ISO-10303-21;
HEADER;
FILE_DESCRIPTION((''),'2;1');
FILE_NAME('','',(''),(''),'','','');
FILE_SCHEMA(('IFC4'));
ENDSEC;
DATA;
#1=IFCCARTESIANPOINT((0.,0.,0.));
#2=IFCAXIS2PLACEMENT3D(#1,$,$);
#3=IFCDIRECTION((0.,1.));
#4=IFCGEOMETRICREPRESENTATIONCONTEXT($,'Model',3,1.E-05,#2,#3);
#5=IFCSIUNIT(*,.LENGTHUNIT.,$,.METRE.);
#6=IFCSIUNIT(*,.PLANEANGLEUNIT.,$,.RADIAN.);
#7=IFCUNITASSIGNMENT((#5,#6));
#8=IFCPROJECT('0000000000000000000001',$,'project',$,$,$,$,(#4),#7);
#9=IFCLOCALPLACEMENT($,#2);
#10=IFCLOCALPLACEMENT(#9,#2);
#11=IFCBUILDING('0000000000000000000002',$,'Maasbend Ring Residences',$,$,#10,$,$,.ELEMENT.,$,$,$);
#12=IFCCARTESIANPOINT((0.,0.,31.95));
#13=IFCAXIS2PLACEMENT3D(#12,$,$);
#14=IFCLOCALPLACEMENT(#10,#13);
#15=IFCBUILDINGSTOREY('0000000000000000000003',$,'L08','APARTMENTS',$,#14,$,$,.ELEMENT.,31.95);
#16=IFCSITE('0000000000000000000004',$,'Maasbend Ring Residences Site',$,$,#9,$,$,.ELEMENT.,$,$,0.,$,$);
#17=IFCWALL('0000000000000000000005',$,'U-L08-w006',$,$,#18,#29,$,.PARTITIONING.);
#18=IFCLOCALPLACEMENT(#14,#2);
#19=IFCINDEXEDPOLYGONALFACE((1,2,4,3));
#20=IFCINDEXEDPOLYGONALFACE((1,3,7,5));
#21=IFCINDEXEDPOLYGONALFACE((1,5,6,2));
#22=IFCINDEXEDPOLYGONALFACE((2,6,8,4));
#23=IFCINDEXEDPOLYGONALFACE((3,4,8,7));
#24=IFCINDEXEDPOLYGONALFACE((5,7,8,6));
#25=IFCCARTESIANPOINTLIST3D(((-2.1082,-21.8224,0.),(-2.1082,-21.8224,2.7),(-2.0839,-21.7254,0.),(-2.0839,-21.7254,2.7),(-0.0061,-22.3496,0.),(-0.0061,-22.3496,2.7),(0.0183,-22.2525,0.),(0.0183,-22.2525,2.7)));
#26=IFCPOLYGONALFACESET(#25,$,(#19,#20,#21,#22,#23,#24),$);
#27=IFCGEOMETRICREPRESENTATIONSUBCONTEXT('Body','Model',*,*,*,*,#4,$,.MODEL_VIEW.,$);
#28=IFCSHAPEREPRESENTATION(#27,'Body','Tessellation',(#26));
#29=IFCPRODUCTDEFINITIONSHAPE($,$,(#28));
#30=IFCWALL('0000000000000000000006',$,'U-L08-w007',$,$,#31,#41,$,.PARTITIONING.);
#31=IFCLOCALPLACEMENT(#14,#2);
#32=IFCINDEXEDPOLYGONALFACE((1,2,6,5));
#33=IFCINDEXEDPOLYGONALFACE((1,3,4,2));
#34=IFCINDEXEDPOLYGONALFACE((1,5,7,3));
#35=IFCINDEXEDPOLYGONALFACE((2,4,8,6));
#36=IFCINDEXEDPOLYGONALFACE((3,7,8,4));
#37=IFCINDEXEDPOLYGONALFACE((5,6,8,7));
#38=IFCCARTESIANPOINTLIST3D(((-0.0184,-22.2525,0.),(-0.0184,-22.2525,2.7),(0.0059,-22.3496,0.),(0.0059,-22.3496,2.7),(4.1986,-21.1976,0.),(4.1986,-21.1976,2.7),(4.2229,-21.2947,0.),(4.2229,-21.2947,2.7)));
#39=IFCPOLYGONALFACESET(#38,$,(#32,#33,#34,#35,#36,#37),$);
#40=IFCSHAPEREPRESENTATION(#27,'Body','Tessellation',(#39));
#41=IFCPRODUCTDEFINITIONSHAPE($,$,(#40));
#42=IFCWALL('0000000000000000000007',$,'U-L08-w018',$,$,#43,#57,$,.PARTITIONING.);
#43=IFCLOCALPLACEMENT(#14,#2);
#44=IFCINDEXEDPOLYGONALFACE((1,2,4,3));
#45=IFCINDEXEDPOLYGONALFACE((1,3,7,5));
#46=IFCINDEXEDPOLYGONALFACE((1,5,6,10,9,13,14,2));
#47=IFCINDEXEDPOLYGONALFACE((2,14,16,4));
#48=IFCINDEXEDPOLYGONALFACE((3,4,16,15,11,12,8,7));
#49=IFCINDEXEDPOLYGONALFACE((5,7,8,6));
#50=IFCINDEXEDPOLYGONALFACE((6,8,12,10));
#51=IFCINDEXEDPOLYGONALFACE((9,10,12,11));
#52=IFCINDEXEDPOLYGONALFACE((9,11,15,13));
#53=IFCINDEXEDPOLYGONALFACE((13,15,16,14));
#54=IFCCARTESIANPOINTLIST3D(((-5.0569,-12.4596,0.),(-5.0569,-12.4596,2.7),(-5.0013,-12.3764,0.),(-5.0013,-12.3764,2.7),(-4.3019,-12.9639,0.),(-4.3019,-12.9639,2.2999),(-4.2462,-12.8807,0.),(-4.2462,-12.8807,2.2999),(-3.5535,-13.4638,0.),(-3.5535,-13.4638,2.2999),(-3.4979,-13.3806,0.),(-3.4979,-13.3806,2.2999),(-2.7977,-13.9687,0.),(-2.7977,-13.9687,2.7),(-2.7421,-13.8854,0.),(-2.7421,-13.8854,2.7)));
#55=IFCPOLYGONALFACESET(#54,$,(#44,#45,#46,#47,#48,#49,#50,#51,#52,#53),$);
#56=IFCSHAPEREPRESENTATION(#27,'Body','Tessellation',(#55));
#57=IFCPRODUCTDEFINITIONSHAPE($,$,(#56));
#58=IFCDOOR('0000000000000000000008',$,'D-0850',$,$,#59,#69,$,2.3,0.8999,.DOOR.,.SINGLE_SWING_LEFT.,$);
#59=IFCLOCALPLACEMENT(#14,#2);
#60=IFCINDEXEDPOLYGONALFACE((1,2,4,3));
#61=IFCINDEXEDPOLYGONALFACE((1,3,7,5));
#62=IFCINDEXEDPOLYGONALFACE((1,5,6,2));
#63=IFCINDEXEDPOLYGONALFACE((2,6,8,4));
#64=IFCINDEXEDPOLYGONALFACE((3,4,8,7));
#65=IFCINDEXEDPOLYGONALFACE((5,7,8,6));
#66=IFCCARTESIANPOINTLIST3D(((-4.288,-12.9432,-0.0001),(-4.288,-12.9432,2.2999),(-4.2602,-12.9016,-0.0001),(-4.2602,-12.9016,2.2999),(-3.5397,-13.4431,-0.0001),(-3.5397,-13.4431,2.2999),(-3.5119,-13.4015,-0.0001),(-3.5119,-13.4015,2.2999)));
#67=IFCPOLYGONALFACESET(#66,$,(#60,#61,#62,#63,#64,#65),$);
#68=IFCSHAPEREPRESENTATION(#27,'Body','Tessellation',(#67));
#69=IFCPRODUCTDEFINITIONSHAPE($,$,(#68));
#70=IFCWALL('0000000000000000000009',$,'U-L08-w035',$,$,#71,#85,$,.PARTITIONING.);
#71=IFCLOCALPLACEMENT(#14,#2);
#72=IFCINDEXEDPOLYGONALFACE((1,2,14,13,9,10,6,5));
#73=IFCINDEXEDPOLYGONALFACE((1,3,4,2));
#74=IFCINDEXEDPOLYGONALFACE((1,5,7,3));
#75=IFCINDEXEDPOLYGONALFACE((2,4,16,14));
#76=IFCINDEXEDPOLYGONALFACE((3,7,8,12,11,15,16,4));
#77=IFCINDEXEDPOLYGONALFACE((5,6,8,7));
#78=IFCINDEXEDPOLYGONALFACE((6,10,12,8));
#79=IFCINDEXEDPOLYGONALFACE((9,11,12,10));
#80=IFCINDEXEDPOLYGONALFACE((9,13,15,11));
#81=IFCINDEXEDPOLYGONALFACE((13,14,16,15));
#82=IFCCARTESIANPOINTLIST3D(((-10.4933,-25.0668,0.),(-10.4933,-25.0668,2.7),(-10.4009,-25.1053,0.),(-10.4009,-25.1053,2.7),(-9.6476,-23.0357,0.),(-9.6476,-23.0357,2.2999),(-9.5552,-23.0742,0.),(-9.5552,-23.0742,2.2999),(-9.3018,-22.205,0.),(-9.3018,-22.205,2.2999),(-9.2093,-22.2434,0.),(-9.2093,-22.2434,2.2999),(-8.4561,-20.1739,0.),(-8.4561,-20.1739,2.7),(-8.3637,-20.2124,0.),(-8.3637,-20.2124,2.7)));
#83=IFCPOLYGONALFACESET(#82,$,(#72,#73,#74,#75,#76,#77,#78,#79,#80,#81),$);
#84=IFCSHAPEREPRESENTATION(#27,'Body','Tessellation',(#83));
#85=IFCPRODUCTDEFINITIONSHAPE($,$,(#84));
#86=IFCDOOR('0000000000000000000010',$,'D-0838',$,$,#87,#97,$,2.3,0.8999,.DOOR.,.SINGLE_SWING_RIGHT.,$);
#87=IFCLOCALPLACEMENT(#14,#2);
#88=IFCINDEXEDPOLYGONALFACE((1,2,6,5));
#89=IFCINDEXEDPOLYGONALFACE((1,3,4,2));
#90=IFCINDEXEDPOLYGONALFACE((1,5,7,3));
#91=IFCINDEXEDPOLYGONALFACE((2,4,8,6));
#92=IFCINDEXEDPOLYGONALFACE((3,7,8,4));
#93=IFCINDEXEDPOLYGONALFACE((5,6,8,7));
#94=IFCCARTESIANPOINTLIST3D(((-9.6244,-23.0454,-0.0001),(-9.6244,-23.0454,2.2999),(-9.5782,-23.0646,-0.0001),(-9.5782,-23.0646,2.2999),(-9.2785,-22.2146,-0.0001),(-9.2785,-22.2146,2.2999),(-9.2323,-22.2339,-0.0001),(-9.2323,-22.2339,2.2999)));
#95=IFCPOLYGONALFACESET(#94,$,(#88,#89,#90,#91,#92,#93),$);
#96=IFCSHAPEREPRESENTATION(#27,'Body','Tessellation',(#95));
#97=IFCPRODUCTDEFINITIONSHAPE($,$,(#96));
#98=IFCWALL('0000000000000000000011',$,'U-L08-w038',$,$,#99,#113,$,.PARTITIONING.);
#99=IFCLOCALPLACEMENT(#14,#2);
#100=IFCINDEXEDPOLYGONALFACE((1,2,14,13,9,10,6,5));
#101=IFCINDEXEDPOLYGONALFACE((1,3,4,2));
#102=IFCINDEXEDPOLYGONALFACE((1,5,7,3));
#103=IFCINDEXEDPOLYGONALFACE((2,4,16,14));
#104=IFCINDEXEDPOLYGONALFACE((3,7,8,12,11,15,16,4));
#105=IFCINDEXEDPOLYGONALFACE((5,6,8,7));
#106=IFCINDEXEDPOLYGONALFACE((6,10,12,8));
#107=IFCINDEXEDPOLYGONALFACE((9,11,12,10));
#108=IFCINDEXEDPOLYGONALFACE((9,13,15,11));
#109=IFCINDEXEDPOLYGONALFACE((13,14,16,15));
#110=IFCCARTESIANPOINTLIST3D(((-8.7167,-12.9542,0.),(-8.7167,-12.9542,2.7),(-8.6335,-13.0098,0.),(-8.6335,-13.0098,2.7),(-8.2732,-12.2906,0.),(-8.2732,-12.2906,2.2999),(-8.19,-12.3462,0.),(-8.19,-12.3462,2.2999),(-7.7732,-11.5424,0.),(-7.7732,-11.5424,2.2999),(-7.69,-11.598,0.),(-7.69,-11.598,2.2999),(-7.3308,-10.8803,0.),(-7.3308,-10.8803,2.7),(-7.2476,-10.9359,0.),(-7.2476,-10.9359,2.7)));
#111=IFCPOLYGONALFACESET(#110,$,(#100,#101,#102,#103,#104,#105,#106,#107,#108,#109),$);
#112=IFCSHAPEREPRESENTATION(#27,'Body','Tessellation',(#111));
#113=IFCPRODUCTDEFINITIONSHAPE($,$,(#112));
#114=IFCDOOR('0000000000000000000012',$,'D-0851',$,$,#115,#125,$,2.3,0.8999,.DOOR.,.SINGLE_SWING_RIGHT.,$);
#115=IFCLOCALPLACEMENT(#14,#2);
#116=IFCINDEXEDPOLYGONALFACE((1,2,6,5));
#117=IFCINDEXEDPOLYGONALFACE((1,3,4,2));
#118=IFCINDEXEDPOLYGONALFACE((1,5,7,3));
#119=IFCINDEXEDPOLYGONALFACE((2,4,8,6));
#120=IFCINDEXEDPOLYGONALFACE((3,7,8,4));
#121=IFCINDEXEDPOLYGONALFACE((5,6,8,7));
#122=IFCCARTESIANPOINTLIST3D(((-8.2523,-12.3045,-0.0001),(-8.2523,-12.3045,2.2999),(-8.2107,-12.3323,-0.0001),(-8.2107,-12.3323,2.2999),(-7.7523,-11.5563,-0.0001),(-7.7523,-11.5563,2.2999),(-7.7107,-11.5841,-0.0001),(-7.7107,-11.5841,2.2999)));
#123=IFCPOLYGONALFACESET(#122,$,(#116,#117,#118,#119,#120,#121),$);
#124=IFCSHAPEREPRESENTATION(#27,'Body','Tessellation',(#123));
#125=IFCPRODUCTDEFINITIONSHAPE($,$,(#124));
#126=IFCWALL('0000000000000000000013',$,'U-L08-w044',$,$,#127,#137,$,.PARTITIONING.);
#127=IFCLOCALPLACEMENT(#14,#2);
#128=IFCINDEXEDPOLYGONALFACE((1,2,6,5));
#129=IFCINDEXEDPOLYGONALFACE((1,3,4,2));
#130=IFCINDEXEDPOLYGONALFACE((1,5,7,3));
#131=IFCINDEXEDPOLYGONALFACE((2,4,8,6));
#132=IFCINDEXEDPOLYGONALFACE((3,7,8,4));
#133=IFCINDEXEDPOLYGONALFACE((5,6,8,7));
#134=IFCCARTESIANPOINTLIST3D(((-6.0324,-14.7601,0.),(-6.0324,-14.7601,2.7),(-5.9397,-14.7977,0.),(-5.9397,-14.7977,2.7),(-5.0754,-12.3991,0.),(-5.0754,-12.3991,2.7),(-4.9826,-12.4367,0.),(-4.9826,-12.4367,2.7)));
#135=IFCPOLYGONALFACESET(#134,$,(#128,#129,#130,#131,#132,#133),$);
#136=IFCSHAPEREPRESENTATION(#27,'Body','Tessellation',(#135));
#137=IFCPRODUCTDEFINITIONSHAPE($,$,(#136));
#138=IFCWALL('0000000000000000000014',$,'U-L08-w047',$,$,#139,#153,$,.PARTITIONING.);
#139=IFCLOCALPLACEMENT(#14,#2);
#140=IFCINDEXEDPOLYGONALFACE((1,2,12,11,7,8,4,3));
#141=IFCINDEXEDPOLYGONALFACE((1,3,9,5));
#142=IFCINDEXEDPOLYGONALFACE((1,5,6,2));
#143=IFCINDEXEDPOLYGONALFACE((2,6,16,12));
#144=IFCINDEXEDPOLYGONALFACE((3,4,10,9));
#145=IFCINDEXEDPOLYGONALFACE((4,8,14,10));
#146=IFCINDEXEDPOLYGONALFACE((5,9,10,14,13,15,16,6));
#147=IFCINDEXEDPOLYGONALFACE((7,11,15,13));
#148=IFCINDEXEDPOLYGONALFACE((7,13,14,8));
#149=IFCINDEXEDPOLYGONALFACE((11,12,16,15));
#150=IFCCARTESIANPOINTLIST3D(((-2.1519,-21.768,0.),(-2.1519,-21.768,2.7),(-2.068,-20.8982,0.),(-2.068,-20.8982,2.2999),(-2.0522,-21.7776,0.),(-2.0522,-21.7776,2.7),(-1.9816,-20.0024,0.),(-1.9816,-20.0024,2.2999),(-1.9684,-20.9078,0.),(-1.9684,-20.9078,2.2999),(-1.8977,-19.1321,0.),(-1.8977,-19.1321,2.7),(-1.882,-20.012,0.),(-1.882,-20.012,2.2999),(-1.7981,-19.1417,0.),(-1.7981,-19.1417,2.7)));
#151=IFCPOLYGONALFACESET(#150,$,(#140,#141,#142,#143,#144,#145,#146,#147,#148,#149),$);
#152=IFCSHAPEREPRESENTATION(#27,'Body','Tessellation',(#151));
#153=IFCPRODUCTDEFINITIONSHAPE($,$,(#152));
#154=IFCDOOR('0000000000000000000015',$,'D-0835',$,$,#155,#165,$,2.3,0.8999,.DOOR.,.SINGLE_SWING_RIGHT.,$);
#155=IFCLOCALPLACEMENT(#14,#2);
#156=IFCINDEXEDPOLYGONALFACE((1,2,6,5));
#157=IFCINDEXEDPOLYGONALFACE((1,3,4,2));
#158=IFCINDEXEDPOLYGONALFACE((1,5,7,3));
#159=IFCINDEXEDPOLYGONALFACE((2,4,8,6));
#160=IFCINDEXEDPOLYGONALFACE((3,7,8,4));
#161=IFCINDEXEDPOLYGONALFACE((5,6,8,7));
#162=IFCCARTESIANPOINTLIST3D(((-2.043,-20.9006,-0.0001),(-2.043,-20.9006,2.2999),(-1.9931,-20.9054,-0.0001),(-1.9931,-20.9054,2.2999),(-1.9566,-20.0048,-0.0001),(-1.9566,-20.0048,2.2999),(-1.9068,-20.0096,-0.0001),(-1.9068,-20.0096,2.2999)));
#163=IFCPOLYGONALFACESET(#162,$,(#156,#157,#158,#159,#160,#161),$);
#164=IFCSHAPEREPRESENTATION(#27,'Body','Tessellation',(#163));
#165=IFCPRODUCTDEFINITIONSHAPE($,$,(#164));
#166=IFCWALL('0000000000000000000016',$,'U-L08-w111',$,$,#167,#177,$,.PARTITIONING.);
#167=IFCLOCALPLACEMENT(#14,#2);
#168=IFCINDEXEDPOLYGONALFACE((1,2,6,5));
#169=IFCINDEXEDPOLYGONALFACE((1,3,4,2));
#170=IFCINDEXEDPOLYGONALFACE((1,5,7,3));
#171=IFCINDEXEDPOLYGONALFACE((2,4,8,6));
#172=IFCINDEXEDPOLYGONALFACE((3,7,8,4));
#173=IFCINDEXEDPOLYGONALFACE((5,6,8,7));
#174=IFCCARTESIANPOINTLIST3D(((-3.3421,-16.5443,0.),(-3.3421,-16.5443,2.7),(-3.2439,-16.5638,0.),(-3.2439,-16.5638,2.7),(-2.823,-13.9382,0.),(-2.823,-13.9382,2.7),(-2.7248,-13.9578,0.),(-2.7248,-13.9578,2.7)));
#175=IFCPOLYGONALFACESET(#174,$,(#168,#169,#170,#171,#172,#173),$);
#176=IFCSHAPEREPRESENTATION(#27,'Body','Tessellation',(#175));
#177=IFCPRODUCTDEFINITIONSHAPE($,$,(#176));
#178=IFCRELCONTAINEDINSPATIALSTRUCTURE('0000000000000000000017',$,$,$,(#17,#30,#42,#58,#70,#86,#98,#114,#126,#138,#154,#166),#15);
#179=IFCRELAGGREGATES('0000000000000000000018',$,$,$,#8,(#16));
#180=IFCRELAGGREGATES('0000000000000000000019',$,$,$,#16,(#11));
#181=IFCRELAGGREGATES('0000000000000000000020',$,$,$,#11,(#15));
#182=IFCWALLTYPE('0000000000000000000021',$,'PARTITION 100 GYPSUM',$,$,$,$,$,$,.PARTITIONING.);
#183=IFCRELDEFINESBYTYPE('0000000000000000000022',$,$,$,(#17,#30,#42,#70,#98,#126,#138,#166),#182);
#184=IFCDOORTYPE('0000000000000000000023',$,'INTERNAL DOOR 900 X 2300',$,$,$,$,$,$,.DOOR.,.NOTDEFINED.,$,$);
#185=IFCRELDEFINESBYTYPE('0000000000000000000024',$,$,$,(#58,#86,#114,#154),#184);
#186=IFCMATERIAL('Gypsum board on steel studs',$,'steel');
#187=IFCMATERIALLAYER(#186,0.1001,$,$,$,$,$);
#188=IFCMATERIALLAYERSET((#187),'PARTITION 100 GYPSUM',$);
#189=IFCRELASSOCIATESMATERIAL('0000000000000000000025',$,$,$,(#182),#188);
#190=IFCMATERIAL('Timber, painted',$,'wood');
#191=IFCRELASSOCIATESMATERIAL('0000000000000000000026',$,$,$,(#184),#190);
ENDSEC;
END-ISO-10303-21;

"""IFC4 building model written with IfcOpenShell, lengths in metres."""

from ifc_helpers import new_model, si_unit, direction, frame, frame_2d, origin, place, context, subcontext, project, spatial, rectangle, extrude, material, layer, layer_set, type_object, element, fill, save


model = new_model("IFC4")

# Units and contexts
model_context = context("Model", 3, precision=1e-05, world=origin(), true_north=direction((0.0, 1.0)))
body_context = subcontext(model_context, "Body", "Model", "MODEL_VIEW")
ifc_project = project(units=[si_unit("LENGTHUNIT", "METRE"), si_unit("PLANEANGLEUNIT", "RADIAN")], contexts=[model_context])

# Site, building, storey
site_placement = place(None, origin())
site = spatial("IfcSite", under=ifc_project, at=site_placement, Name="Maasbend Ring Residences Site", CompositionType="ELEMENT", RefElevation=0.0)
building_placement = place(site_placement, origin())
building = spatial("IfcBuilding", under=site, at=building_placement, Name="Maasbend Ring Residences", CompositionType="ELEMENT")
storey_placement = place(building_placement, frame((0.0, 0.0, 31.95)))
storey = spatial("IfcBuildingStorey", under=building, at=storey_placement, Name="L08", Description="APARTMENTS", CompositionType="ELEMENT", Elevation=31.95)

# Walls
ifc_material_1 = material(Name="Gypsum board on steel studs", Category="steel")
ifc_layer_1 = layer(ifc_material_1, 0.1001)
ifc_layer_set_1 = layer_set([ifc_layer_1], Name="PARTITION 100 GYPSUM")
wall_type_1 = type_object("IfcWallType", Name="PARTITION 100 GYPSUM", PredefinedType="PARTITIONING", material=ifc_layer_set_1)
wall_1_placement = place(storey_placement, frame((-2.0959, -21.7739, 0.0), z_axis=(0.0, 0.0, 1.0), x_axis=(0.96997, -0.243225, 0.0)))
element("IfcWall", 1, at=wall_1_placement, inside=storey, type_object=wall_type_1, Name="U-L08-w006", PredefinedType="PARTITIONING", context=body_context, shape_type="SweptSolid", body=[
    extrude(rectangle(XDim=2.1672, YDim=0.1001, at=frame_2d((1.0835, 0.0))), origin(), (0.0, 0.0, 1.0), 2.7),
])
wall_2_placement = place(storey_placement, frame((-0.0061, -22.301, 0.0), z_axis=(0.0, 0.0, 1.0), x_axis=(0.970106, 0.242681, 0.0)))
element("IfcWall", 2, at=wall_2_placement, inside=storey, type_object=wall_type_1, Name="U-L08-w007", PredefinedType="PARTITIONING", context=body_context, shape_type="SweptSolid", body=[
    extrude(rectangle(XDim=4.3469, YDim=0.1001, at=frame_2d((2.1733, 0.0))), origin(), (0.0, 0.0, 1.0), 2.7),
])

# Walls, openings, doors
wall_3_placement = place(storey_placement, frame((-5.0291, -12.418, 0.0), z_axis=(0.0, 0.0, 1.0), x_axis=(0.831538, -0.555467, 0.0)))
wall_3 = element("IfcWall", 3, at=wall_3_placement, inside=storey, type_object=wall_type_1, Name="U-L08-w018", PredefinedType="PARTITIONING", context=body_context, shape_type="SweptSolid", body=[
    extrude(rectangle(XDim=2.7168, YDim=0.1001, at=frame_2d((1.3584, 0.0))), origin(), (0.0, 0.0, 1.0), 2.7),
])
opening_1_placement = place(wall_3_placement, frame((0.908, 0.0, 0.0)))
opening_1 = element("IfcOpeningElement", 4, at=opening_1_placement, cuts=wall_3, PredefinedType="OPENING", context=body_context, shape_type="SweptSolid", body=[
    extrude(rectangle(XDim=0.8999, YDim=2.3, at=frame_2d((0.45, 1.1499))), frame((0.0, 0.0601, 0.0), z_axis=(0.0, -1.0, 0.0), x_axis=(1.0, 0.0, 0.0)), (0.0, 0.0, 1.0), 0.1201),
])
ifc_material_2 = material(Name="Timber, painted", Category="wood")
door_type_1 = type_object("IfcDoorType", Name="INTERNAL DOOR 900 X 2300", OperationType="NOTDEFINED", PredefinedType="DOOR", material=ifc_material_2)
door_1_placement = place(opening_1_placement, origin())
door_1 = element("IfcDoor", 5, at=door_1_placement, inside=storey, type_object=door_type_1, Name="D-0850", OperationType="SINGLE_SWING_LEFT", OverallHeight=2.3, OverallWidth=0.8999, PredefinedType="DOOR", context=body_context, shape_type="SweptSolid", body=[
    extrude(rectangle(XDim=0.8999, YDim=2.3, at=frame_2d((0.45, 1.1499))), frame((0.0, 0.0249, 0.0), z_axis=(0.0, -1.0, 0.0), x_axis=(1.0, 0.0, 0.0)), (0.0, 0.0, 1.0), 0.05),
])
fill(opening_1, door_1)
wall_4_placement = place(storey_placement, frame((-10.447, -25.0859, 0.0), z_axis=(0.0, 0.0, 1.0), x_axis=(0.384364, 0.923182, 0.0)))
wall_4 = element("IfcWall", 6, at=wall_4_placement, inside=storey, type_object=wall_type_1, Name="U-L08-w035", PredefinedType="PARTITIONING", context=body_context, shape_type="SweptSolid", body=[
    extrude(rectangle(XDim=5.3, YDim=0.1001, at=frame_2d((2.6499, 0.0))), origin(), (0.0, 0.0, 1.0), 2.7),
])
opening_2_placement = place(wall_4_placement, frame((2.2, 0.0, 0.0)))
opening_2 = element("IfcOpeningElement", 7, at=opening_2_placement, cuts=wall_4, PredefinedType="OPENING", context=body_context, shape_type="SweptSolid", body=[
    extrude(rectangle(XDim=0.8999, YDim=2.3, at=frame_2d((0.45, 1.1499))), frame((0.0, 0.0601, 0.0), z_axis=(0.0, -1.0, 0.0), x_axis=(1.0, 0.0, 0.0)), (0.0, 0.0, 1.0), 0.1201),
])
door_2_placement = place(opening_2_placement, origin())
door_2 = element("IfcDoor", 8, at=door_2_placement, inside=storey, type_object=door_type_1, Name="D-0838", OperationType="SINGLE_SWING_RIGHT", OverallHeight=2.3, OverallWidth=0.8999, PredefinedType="DOOR", context=body_context, shape_type="SweptSolid", body=[
    extrude(rectangle(XDim=0.8999, YDim=2.3, at=frame_2d((0.45, 1.1499))), frame((0.0, 0.0249, 0.0), z_axis=(0.0, -1.0, 0.0), x_axis=(1.0, 0.0, 0.0)), (0.0, 0.0, 1.0), 0.05),
])
fill(opening_2, door_2)
wall_5_placement = place(storey_placement, frame((-8.675, -12.9819, 0.0), z_axis=(0.0, 0.0, 1.0), x_axis=(0.555626, 0.831432, 0.0)))
wall_5 = element("IfcWall", 9, at=wall_5_placement, inside=storey, type_object=wall_type_1, Name="U-L08-w038", PredefinedType="PARTITIONING", context=body_context, shape_type="SweptSolid", body=[
    extrude(rectangle(XDim=2.4944, YDim=0.1001, at=frame_2d((1.2471, 0.0))), origin(), (0.0, 0.0, 1.0), 2.7),
])
opening_3_placement = place(wall_5_placement, frame((0.7981, 0.0, 0.0)))
opening_3 = element("IfcOpeningElement", 10, at=opening_3_placement, cuts=wall_5, PredefinedType="OPENING", context=body_context, shape_type="SweptSolid", body=[
    extrude(rectangle(XDim=0.8999, YDim=2.3, at=frame_2d((0.45, 1.1499))), frame((0.0, 0.0601, 0.0), z_axis=(0.0, -1.0, 0.0), x_axis=(1.0, 0.0, 0.0)), (0.0, 0.0, 1.0), 0.1201),
])
door_3_placement = place(opening_3_placement, origin())
door_3 = element("IfcDoor", 11, at=door_3_placement, inside=storey, type_object=door_type_1, Name="D-0851", OperationType="SINGLE_SWING_RIGHT", OverallHeight=2.3, OverallWidth=0.8999, PredefinedType="DOOR", context=body_context, shape_type="SweptSolid", body=[
    extrude(rectangle(XDim=0.8999, YDim=2.3, at=frame_2d((0.45, 1.1499))), frame((0.0, 0.0249, 0.0), z_axis=(0.0, -1.0, 0.0), x_axis=(1.0, 0.0, 0.0)), (0.0, 0.0, 1.0), 0.05),
])
fill(opening_3, door_3)

# Wall
wall_6_placement = place(storey_placement, frame((-5.9861, -14.7791, 0.0), z_axis=(0.0, 0.0, 1.0), x_axis=(0.375649, 0.926762, 0.0)))
element("IfcWall", 12, at=wall_6_placement, inside=storey, type_object=wall_type_1, Name="U-L08-w044", PredefinedType="PARTITIONING", context=body_context, shape_type="SweptSolid", body=[
    extrude(rectangle(XDim=2.5476, YDim=0.1001, at=frame_2d((1.2739, 0.0))), origin(), (0.0, 0.0, 1.0), 2.7),
])

# Wall, opening, door
wall_7_placement = place(storey_placement, frame((-2.1021, -21.7729, 0.0), z_axis=(0.0, 0.0, 1.0), x_axis=(0.095971, 0.995384, 0.0)))
wall_7 = element("IfcWall", 13, at=wall_7_placement, inside=storey, type_object=wall_type_1, Name="U-L08-w047", PredefinedType="PARTITIONING", context=body_context, shape_type="SweptSolid", body=[
    extrude(rectangle(XDim=2.6482, YDim=0.1001, at=frame_2d((1.3242, 0.0))), origin(), (0.0, 0.0, 1.0), 2.7),
])
opening_4_placement = place(wall_7_placement, frame((0.874, 0.0, 0.0)))
opening_4 = element("IfcOpeningElement", 14, at=opening_4_placement, cuts=wall_7, PredefinedType="OPENING", context=body_context, shape_type="SweptSolid", body=[
    extrude(rectangle(XDim=0.8999, YDim=2.3, at=frame_2d((0.45, 1.1499))), frame((0.0, 0.0601, 0.0), z_axis=(0.0, -1.0, 0.0), x_axis=(1.0, 0.0, 0.0)), (0.0, 0.0, 1.0), 0.1201),
])
door_4_placement = place(opening_4_placement, origin())
door_4 = element("IfcDoor", 15, at=door_4_placement, inside=storey, type_object=door_type_1, Name="D-0835", OperationType="SINGLE_SWING_RIGHT", OverallHeight=2.3, OverallWidth=0.8999, PredefinedType="DOOR", context=body_context, shape_type="SweptSolid", body=[
    extrude(rectangle(XDim=0.8999, YDim=2.3, at=frame_2d((0.45, 1.1499))), frame((0.0, 0.0249, 0.0), z_axis=(0.0, -1.0, 0.0), x_axis=(1.0, 0.0, 0.0)), (0.0, 0.0, 1.0), 0.05),
])
fill(opening_4, door_4)

# Wall
wall_8_placement = place(storey_placement, frame((-2.7739, -13.948, 0.0), z_axis=(0.0, 0.0, 1.0), x_axis=(-0.195339, -0.980736, 0.0)))
element("IfcWall", 16, at=wall_8_placement, inside=storey, type_object=wall_type_1, Name="U-L08-w111", PredefinedType="PARTITIONING", context=body_context, shape_type="SweptSolid", body=[
    extrude(rectangle(XDim=2.6572, YDim=0.1001, at=frame_2d((1.3286, 0.0))), origin(), (0.0, 0.0, 1.0), 2.7),
])

save(model, "model.ifc")
